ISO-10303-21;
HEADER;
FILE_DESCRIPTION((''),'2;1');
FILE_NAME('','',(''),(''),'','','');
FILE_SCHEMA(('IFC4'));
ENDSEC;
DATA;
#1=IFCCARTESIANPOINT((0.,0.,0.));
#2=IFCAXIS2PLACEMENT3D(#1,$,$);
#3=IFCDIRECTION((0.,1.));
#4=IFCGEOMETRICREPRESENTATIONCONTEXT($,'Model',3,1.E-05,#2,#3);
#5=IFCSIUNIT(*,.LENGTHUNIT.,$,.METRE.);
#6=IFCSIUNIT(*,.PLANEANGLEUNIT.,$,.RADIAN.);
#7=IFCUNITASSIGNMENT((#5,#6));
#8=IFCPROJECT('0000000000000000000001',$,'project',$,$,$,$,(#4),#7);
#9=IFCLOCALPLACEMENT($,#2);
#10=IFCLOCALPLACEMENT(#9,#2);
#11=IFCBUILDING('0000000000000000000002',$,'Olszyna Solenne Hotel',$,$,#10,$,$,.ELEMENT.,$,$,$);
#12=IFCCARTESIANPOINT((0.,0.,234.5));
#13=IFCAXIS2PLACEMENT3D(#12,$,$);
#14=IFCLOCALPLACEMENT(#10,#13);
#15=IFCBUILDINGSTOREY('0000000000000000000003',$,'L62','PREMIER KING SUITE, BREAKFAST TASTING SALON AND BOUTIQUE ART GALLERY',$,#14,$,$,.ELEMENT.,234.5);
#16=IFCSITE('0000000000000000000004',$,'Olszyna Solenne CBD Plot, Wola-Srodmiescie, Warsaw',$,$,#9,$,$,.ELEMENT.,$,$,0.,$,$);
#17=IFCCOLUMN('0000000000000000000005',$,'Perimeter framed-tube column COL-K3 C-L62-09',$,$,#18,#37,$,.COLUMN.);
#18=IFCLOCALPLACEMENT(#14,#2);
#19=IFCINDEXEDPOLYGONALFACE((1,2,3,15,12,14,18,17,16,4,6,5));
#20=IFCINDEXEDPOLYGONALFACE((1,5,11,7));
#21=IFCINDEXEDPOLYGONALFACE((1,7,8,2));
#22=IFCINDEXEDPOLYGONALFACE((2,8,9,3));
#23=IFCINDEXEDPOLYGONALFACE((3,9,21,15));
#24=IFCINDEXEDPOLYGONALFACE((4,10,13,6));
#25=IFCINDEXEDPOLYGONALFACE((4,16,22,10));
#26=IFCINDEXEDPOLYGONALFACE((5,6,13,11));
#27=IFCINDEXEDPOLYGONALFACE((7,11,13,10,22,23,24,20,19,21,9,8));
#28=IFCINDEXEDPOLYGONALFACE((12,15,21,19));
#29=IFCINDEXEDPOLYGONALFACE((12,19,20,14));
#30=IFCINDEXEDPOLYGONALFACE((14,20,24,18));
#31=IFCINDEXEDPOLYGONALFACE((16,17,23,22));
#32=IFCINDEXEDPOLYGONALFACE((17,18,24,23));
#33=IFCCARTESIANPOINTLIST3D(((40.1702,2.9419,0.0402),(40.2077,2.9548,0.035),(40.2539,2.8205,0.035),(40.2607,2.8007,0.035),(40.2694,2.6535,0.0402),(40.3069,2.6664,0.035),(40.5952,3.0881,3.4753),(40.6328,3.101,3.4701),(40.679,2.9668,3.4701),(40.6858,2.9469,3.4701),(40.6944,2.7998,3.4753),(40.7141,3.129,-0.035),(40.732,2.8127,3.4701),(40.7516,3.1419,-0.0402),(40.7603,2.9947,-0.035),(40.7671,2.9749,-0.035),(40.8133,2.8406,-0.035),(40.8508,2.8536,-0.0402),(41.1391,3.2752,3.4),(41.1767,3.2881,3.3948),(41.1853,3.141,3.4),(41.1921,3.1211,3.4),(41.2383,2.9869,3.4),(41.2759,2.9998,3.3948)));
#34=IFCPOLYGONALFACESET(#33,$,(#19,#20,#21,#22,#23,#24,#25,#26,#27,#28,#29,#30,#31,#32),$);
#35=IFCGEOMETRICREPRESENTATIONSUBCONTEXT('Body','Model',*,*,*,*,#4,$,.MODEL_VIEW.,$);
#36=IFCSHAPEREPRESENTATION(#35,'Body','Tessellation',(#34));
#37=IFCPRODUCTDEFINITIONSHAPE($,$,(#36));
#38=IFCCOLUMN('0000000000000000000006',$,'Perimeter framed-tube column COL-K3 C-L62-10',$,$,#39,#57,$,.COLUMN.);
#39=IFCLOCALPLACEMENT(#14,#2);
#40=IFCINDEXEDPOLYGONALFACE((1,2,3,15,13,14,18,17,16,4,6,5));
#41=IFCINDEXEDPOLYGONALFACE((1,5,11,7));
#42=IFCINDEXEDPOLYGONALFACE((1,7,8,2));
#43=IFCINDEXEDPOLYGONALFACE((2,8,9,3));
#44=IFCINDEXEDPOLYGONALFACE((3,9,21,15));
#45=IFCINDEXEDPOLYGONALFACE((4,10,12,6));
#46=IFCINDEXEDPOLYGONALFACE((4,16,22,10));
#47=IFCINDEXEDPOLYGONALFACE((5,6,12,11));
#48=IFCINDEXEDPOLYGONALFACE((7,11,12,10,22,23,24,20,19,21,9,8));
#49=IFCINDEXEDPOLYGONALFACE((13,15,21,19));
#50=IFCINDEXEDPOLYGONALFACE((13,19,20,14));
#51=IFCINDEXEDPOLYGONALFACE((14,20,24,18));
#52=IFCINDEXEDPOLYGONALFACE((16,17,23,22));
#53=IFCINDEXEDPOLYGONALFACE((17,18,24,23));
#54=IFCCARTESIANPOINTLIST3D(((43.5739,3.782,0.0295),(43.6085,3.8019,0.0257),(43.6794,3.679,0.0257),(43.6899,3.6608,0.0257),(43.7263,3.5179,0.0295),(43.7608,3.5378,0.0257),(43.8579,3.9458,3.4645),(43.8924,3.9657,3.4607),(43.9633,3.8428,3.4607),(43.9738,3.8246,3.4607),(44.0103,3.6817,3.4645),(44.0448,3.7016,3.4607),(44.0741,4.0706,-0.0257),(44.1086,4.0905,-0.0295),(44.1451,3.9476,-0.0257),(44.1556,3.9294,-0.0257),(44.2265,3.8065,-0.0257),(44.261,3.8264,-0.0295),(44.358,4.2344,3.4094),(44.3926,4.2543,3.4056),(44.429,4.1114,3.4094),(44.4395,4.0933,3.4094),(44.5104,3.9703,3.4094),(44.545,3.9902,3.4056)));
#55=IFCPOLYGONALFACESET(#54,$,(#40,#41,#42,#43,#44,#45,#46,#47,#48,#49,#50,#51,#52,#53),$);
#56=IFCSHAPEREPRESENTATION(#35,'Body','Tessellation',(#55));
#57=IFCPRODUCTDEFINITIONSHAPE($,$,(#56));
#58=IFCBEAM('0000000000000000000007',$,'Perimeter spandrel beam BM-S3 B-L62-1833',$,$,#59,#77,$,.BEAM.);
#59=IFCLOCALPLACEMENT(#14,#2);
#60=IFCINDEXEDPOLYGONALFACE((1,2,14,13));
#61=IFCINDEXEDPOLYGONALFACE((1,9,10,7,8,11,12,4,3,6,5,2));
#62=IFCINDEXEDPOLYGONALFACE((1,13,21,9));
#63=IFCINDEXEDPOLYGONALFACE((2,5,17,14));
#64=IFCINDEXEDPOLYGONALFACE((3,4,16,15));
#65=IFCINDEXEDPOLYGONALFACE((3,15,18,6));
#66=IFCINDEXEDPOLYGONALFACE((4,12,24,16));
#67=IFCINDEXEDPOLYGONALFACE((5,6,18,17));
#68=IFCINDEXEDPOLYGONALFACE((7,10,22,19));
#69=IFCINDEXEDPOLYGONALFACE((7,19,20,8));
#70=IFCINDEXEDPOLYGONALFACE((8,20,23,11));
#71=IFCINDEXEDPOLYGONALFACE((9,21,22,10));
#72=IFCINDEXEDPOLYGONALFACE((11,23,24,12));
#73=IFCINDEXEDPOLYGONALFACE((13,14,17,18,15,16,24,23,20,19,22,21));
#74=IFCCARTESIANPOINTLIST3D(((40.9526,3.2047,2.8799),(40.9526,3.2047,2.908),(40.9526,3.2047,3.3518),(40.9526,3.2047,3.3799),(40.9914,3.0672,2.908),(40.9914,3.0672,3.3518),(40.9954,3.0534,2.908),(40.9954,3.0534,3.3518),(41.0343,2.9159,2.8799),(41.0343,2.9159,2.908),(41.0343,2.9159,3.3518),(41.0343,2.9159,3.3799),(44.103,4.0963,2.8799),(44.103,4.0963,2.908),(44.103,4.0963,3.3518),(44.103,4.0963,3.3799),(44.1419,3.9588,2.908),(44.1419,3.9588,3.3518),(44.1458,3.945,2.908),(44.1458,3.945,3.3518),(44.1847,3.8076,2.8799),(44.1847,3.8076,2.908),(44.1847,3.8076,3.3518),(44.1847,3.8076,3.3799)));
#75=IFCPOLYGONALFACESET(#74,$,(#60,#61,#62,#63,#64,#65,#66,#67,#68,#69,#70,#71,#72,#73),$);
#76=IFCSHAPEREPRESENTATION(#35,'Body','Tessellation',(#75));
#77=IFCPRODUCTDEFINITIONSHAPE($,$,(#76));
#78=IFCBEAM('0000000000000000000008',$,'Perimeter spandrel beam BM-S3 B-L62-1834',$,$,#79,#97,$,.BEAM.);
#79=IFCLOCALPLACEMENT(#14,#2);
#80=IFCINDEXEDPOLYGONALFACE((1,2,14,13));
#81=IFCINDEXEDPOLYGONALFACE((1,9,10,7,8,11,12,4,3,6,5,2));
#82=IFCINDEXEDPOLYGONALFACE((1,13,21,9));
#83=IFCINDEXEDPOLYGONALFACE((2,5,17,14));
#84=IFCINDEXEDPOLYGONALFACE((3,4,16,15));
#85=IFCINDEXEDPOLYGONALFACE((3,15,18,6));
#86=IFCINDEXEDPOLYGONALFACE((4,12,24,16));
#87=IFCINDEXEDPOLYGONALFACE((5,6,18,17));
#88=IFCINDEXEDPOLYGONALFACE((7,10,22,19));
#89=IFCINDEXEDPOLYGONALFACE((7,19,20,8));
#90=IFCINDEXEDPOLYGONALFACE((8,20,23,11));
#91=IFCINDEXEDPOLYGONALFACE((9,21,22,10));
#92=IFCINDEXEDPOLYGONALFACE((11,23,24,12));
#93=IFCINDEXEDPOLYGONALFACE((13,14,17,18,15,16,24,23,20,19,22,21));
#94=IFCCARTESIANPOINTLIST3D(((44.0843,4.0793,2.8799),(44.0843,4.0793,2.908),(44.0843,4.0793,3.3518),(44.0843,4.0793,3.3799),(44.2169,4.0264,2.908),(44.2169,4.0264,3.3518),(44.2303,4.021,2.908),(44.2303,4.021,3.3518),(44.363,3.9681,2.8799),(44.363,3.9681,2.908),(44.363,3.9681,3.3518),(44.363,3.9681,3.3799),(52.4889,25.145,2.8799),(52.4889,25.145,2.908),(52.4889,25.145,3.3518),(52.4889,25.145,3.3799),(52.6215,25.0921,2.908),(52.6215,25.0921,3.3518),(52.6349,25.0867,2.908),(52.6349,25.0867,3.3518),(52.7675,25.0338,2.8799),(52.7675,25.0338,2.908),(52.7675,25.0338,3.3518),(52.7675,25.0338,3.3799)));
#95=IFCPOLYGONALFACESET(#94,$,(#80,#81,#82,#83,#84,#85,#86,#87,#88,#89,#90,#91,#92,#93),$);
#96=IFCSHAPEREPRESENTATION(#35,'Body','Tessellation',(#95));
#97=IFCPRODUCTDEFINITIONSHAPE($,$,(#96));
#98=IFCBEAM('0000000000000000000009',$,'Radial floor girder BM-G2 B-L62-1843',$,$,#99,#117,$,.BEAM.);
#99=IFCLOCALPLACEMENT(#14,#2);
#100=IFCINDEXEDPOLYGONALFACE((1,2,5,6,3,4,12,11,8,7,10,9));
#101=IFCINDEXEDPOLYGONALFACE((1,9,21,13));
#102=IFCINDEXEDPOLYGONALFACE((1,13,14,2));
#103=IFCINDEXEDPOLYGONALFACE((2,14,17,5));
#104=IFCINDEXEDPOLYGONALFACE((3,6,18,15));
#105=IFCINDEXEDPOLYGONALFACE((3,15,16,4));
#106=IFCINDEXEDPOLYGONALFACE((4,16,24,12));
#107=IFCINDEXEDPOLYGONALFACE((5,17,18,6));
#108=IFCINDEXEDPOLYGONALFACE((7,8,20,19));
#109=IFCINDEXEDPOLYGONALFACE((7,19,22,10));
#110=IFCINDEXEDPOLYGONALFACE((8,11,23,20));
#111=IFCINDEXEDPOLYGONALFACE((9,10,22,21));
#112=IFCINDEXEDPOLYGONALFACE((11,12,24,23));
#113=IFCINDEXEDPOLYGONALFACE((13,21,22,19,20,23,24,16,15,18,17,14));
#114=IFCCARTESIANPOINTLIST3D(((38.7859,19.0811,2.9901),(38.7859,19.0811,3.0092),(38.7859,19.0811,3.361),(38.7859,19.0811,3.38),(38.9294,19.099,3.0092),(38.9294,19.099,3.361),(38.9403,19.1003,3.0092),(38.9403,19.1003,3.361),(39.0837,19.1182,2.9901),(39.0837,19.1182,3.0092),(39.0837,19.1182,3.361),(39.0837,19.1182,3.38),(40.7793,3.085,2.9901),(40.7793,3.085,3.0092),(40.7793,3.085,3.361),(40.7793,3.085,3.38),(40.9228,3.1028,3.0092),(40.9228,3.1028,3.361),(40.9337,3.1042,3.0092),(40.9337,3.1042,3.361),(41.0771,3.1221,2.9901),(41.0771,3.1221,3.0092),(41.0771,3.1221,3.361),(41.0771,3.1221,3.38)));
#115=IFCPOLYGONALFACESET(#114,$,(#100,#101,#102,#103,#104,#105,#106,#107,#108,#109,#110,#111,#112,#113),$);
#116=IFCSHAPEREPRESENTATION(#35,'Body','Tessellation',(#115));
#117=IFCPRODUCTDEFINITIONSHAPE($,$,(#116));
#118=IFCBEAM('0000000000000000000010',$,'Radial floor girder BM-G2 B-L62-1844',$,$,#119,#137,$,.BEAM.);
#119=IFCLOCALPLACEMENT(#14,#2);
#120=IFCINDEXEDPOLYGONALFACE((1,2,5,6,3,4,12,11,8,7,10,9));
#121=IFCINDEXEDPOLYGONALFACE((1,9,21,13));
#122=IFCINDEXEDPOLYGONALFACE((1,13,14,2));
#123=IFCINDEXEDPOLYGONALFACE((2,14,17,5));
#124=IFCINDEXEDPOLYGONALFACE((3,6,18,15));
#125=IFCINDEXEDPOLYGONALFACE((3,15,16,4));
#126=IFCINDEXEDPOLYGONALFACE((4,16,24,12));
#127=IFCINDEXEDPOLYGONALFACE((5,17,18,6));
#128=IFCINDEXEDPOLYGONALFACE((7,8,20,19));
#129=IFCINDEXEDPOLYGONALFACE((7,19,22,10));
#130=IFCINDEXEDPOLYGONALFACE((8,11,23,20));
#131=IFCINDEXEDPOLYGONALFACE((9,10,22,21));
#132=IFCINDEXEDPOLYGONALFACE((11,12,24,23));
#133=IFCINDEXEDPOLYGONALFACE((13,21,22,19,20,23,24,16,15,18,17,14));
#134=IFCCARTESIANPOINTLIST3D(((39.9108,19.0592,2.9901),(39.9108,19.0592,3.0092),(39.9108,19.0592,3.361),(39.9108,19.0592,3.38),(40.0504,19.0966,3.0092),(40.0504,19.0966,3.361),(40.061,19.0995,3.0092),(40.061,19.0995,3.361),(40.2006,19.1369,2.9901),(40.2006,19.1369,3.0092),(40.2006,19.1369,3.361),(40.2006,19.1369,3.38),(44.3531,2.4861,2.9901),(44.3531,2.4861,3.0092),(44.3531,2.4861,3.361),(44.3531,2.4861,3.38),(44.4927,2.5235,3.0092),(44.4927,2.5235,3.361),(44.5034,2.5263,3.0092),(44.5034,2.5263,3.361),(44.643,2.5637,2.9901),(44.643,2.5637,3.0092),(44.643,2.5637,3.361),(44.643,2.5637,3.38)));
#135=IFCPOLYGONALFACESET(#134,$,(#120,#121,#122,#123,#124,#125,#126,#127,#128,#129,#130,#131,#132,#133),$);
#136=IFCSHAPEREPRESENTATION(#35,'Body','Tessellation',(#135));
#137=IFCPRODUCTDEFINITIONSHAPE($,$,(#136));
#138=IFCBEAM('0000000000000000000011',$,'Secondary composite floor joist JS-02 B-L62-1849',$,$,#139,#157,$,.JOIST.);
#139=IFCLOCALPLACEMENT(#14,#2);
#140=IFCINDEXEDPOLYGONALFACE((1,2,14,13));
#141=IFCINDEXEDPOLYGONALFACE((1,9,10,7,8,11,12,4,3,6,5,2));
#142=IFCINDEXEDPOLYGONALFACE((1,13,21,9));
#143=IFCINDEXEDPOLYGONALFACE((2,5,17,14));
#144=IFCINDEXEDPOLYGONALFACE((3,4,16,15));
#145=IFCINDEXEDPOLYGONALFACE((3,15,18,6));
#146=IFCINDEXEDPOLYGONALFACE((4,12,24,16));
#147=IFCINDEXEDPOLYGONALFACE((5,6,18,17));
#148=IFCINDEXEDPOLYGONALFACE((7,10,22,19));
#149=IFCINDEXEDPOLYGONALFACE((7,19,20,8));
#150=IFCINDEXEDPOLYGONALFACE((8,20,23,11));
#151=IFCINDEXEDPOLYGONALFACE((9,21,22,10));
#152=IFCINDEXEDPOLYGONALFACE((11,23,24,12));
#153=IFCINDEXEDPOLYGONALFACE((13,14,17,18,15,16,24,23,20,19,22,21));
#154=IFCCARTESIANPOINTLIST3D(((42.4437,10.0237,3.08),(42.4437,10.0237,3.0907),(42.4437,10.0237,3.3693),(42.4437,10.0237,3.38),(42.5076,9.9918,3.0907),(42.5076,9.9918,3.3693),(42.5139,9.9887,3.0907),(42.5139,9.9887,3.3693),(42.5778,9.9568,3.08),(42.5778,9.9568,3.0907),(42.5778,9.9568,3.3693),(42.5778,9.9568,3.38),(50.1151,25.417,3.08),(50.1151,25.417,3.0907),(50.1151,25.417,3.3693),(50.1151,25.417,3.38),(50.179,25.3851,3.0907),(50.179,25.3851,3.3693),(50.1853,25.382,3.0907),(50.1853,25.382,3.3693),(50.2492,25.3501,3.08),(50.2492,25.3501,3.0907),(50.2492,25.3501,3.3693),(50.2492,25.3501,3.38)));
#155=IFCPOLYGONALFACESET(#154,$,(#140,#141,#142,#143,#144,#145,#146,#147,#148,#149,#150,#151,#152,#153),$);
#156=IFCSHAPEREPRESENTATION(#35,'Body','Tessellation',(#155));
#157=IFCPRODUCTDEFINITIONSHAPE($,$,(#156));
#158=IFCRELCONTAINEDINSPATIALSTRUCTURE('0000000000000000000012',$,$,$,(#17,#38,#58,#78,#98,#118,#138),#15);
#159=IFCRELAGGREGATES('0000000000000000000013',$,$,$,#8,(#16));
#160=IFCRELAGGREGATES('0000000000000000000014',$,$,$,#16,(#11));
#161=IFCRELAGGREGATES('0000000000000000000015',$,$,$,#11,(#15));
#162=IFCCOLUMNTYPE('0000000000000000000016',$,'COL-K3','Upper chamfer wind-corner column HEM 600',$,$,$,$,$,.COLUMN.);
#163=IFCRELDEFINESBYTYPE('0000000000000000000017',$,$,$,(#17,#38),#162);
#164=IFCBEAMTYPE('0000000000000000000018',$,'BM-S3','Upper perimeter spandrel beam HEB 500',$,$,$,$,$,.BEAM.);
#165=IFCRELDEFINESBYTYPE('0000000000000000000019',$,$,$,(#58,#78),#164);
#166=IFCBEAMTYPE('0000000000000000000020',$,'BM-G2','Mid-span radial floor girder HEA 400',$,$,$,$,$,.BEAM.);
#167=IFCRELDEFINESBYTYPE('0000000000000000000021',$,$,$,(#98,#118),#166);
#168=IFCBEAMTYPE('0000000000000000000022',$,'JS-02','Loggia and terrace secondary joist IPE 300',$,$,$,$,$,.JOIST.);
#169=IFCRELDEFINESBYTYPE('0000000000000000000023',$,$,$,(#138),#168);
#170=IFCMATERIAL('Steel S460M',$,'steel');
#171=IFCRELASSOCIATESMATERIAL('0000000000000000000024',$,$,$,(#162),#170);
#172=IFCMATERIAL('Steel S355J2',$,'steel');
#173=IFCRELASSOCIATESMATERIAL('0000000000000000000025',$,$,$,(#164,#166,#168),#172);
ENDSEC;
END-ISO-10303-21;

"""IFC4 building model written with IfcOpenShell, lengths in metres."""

from ifc_helpers import new_model, si_unit, direction, frame, origin, origin_2d, place, context, subcontext, project, spatial, i_section, extrude, source, transform, mapped, material, material_profile, profile_set, type_object, element, save


model = new_model("IFC4")

# Units and contexts
model_context = context("Model", 3, precision=1e-05, world=origin(), true_north=direction((0.0, 1.0)))
body_context = subcontext(model_context, "Body", "Model", "MODEL_VIEW")
ifc_project = project(units=[si_unit("LENGTHUNIT", "METRE"), si_unit("PLANEANGLEUNIT", "RADIAN")], contexts=[model_context])

# Site, building, storey
site_placement = place(None, origin())
site = spatial("IfcSite", under=ifc_project, at=site_placement, Name="Olszyna Solenne CBD Plot, Wola-Srodmiescie, Warsaw", CompositionType="ELEMENT", RefElevation=0.0)
building_placement = place(site_placement, origin())
building = spatial("IfcBuilding", under=site, at=building_placement, Name="Olszyna Solenne Hotel", CompositionType="ELEMENT")
storey_placement = place(building_placement, frame((0.0, 0.0, 234.5)))
storey = spatial("IfcBuildingStorey", under=building, at=storey_placement, Name="L62", Description="PREMIER KING SUITE, BREAKFAST TASTING SALON AND BOUTIQUE ART GALLERY", CompositionType="ELEMENT", Elevation=234.5)

# Columns
ifc_material_1 = material(Name="Steel S460M", Category="steel")
ifc_material_profile_1 = material_profile(ifc_material_1, i_section(OverallWidth=0.3049, OverallDepth=0.6201, WebThickness=0.021, FlangeThickness=0.04, at=origin_2d()), Name="HEM 600", Category="load-bearing")
ifc_profile_set_1 = profile_set([ifc_material_profile_1], Name="Steel S460M")
column_type = type_object("IfcColumnType", Name="COL-K3", Description="Upper chamfer wind-corner column HEM 600", PredefinedType="COLUMN", material=ifc_profile_set_1)
shared_shape_1 = source(origin(), body_context, "Body", "SweptSolid", [
    extrude(i_section(OverallWidth=0.3049, OverallDepth=0.6201, WebThickness=0.021, FlangeThickness=0.04, at=origin_2d()), origin(), (0.0, 0.0, 1.0), 3.4644),
])
column_1_placement = place(storey_placement, frame((40.5105, 2.8977, 0.0), z_axis=(0.122692, 0.042213, 0.991547), x_axis=(-0.325338, 0.945598, 0.0)))
element("IfcColumn", 1, at=column_1_placement, inside=storey, type_object=column_type, Name="Perimeter framed-tube column COL-K3 C-L62-09", PredefinedType="COLUMN", context=body_context, shape_type="MappedRepresentation", body=[
    mapped(shared_shape_1, transform((0.0, 0.0, 0.0), x_axis=(1.0, 0.0, 0.0), y_axis=(0.0, 1.0, 0.0), z_axis=(0.0, 0.0, 1.0), scale=1.0)),
])
shared_shape_2 = source(origin(), body_context, "Body", "SweptSolid", [
    extrude(i_section(OverallWidth=0.3049, OverallDepth=0.6201, WebThickness=0.021, FlangeThickness=0.04, at=origin_2d()), origin(), (0.0, 0.0, 1.0), 3.4507),
])
column_2_placement = place(storey_placement, frame((43.9175, 3.8042, 0.0), z_axis=(0.082284, 0.047474, 0.995478), x_axis=(-0.499744, 0.866173, 0.0)))
element("IfcColumn", 2, at=column_2_placement, inside=storey, type_object=column_type, Name="Perimeter framed-tube column COL-K3 C-L62-10", PredefinedType="COLUMN", context=body_context, shape_type="MappedRepresentation", body=[
    mapped(shared_shape_2, transform((0.0, 0.0, 0.0), x_axis=(1.0, 0.0, 0.0), y_axis=(0.0, 1.0, 0.0), z_axis=(0.0, 0.0, 1.0), scale=1.0)),
])

# Beams
ifc_material_2 = material(Name="Steel S355J2", Category="steel")
ifc_material_profile_2 = material_profile(ifc_material_2, i_section(OverallWidth=0.3, OverallDepth=0.5, WebThickness=0.0144, FlangeThickness=0.0281, at=origin_2d()), Name="HEB 500", Category="load-bearing")
ifc_profile_set_2 = profile_set([ifc_material_profile_2], Name="Steel S355J2")
beam_type_1 = type_object("IfcBeamType", Name="BM-S3", Description="Upper perimeter spandrel beam HEB 500", PredefinedType="BEAM", material=ifc_profile_set_2)
shared_shape_3 = source(origin(), body_context, "Body", "SweptSolid", [
    extrude(i_section(OverallWidth=0.3, OverallDepth=0.5, WebThickness=0.0144, FlangeThickness=0.0281, at=origin_2d()), origin(), (0.0, 0.0, 1.0), 3.2742),
])
beam_1_placement = place(storey_placement, frame((40.9934, 3.0603, 3.1299), z_axis=(0.962208, 0.272317, 0.0), x_axis=(-0.272317, 0.962208, 0.0)))
element("IfcBeam", 3, at=beam_1_placement, inside=storey, type_object=beam_type_1, Name="Perimeter spandrel beam BM-S3 B-L62-1833", PredefinedType="BEAM", context=body_context, shape_type="MappedRepresentation", body=[
    mapped(shared_shape_3, transform((0.0, 0.0, 0.0), x_axis=(1.0, 0.0, 0.0), y_axis=(0.0, 1.0, 0.0), z_axis=(0.0, 0.0, 1.0), scale=1.0)),
])
shared_shape_4 = source(origin(), body_context, "Body", "SweptSolid", [
    extrude(i_section(OverallWidth=0.3, OverallDepth=0.5, WebThickness=0.0144, FlangeThickness=0.0281, at=origin_2d()), origin(), (0.0, 0.0, 1.0), 22.6804),
])
beam_2_placement = place(storey_placement, frame((44.2236, 4.0237, 3.1299), z_axis=(0.370565, 0.928807, 0.0), x_axis=(-0.928807, 0.370565, 0.0)))
element("IfcBeam", 4, at=beam_2_placement, inside=storey, type_object=beam_type_1, Name="Perimeter spandrel beam BM-S3 B-L62-1834", PredefinedType="BEAM", context=body_context, shape_type="MappedRepresentation", body=[
    mapped(shared_shape_4, transform((0.0, 0.0, 0.0), x_axis=(1.0, 0.0, 0.0), y_axis=(0.0, 1.0, 0.0), z_axis=(0.0, 0.0, 1.0), scale=1.0)),
])
ifc_material_profile_3 = material_profile(ifc_material_2, i_section(OverallWidth=0.3, OverallDepth=0.3899, WebThickness=0.011, FlangeThickness=0.019, at=origin_2d()), Name="HEA 400", Category="load-bearing")
ifc_profile_set_3 = profile_set([ifc_material_profile_3], Name="Steel S355J2")
beam_type_2 = type_object("IfcBeamType", Name="BM-G2", Description="Mid-span radial floor girder HEA 400", PredefinedType="BEAM", material=ifc_profile_set_3)
shared_shape_5 = source(origin(), body_context, "Body", "SweptSolid", [
    extrude(i_section(OverallWidth=0.3, OverallDepth=0.3899, WebThickness=0.011, FlangeThickness=0.019, at=origin_2d()), origin(), (0.0, 0.0, 1.0), 16.1199),
])
beam_3_placement = place(storey_placement, frame((40.9282, 3.1035, 3.1851), z_axis=(-0.123662, 0.992324, 0.0), x_axis=(-0.992324, -0.123662, 0.0)))
element("IfcBeam", 5, at=beam_3_placement, inside=storey, type_object=beam_type_2, Name="Radial floor girder BM-G2 B-L62-1843", PredefinedType="BEAM", context=body_context, shape_type="MappedRepresentation", body=[
    mapped(shared_shape_5, transform((0.0, 0.0, 0.0), x_axis=(1.0, 0.0, 0.0), y_axis=(0.0, 1.0, 0.0), z_axis=(0.0, 0.0, 1.0), scale=1.0)),
])
shared_shape_6 = source(origin(), body_context, "Body", "SweptSolid", [
    extrude(i_section(OverallWidth=0.3, OverallDepth=0.3899, WebThickness=0.011, FlangeThickness=0.019, at=origin_2d()), origin(), (0.0, 0.0, 1.0), 17.1582),
])
beam_4_placement = place(storey_placement, frame((44.498, 2.5249, 3.1851), z_axis=(-0.258906, 0.965903, 0.0), x_axis=(-0.965903, -0.258906, 0.0)))
element("IfcBeam", 6, at=beam_4_placement, inside=storey, type_object=beam_type_2, Name="Radial floor girder BM-G2 B-L62-1844", PredefinedType="BEAM", context=body_context, shape_type="MappedRepresentation", body=[
    mapped(shared_shape_6, transform((0.0, 0.0, 0.0), x_axis=(1.0, 0.0, 0.0), y_axis=(0.0, 1.0, 0.0), z_axis=(0.0, 0.0, 1.0), scale=1.0)),
])
ifc_material_profile_4 = material_profile(ifc_material_2, i_section(OverallWidth=0.1499, OverallDepth=0.3, WebThickness=0.0071, FlangeThickness=0.0107, at=origin_2d()), Name="IPE 300", Category="load-bearing")
ifc_profile_set_4 = profile_set([ifc_material_profile_4], Name="Steel S355J2")
beam_type_3 = type_object("IfcBeamType", Name="JS-02", Description="Loggia and terrace secondary joist IPE 300", PredefinedType="JOIST", material=ifc_profile_set_4)
shared_shape_7 = source(origin(), body_context, "Body", "SweptSolid", [
    extrude(i_section(OverallWidth=0.1499, OverallDepth=0.3, WebThickness=0.0071, FlangeThickness=0.0107, at=origin_2d()), origin(), (0.0, 0.0, 1.0), 17.199),
])
beam_5_placement = place(storey_placement, frame((42.5107, 9.9902, 3.23), z_axis=(0.446038, 0.895014, 0.0), x_axis=(-0.895014, 0.446038, 0.0)))
element("IfcBeam", 7, at=beam_5_placement, inside=storey, type_object=beam_type_3, Name="Secondary composite floor joist JS-02 B-L62-1849", PredefinedType="JOIST", context=body_context, shape_type="MappedRepresentation", body=[
    mapped(shared_shape_7, transform((0.0, 0.0, 0.0), x_axis=(1.0, 0.0, 0.0), y_axis=(0.0, 1.0, 0.0), z_axis=(0.0, 0.0, 1.0), scale=1.0)),
])

save(model, "model.ifc")
